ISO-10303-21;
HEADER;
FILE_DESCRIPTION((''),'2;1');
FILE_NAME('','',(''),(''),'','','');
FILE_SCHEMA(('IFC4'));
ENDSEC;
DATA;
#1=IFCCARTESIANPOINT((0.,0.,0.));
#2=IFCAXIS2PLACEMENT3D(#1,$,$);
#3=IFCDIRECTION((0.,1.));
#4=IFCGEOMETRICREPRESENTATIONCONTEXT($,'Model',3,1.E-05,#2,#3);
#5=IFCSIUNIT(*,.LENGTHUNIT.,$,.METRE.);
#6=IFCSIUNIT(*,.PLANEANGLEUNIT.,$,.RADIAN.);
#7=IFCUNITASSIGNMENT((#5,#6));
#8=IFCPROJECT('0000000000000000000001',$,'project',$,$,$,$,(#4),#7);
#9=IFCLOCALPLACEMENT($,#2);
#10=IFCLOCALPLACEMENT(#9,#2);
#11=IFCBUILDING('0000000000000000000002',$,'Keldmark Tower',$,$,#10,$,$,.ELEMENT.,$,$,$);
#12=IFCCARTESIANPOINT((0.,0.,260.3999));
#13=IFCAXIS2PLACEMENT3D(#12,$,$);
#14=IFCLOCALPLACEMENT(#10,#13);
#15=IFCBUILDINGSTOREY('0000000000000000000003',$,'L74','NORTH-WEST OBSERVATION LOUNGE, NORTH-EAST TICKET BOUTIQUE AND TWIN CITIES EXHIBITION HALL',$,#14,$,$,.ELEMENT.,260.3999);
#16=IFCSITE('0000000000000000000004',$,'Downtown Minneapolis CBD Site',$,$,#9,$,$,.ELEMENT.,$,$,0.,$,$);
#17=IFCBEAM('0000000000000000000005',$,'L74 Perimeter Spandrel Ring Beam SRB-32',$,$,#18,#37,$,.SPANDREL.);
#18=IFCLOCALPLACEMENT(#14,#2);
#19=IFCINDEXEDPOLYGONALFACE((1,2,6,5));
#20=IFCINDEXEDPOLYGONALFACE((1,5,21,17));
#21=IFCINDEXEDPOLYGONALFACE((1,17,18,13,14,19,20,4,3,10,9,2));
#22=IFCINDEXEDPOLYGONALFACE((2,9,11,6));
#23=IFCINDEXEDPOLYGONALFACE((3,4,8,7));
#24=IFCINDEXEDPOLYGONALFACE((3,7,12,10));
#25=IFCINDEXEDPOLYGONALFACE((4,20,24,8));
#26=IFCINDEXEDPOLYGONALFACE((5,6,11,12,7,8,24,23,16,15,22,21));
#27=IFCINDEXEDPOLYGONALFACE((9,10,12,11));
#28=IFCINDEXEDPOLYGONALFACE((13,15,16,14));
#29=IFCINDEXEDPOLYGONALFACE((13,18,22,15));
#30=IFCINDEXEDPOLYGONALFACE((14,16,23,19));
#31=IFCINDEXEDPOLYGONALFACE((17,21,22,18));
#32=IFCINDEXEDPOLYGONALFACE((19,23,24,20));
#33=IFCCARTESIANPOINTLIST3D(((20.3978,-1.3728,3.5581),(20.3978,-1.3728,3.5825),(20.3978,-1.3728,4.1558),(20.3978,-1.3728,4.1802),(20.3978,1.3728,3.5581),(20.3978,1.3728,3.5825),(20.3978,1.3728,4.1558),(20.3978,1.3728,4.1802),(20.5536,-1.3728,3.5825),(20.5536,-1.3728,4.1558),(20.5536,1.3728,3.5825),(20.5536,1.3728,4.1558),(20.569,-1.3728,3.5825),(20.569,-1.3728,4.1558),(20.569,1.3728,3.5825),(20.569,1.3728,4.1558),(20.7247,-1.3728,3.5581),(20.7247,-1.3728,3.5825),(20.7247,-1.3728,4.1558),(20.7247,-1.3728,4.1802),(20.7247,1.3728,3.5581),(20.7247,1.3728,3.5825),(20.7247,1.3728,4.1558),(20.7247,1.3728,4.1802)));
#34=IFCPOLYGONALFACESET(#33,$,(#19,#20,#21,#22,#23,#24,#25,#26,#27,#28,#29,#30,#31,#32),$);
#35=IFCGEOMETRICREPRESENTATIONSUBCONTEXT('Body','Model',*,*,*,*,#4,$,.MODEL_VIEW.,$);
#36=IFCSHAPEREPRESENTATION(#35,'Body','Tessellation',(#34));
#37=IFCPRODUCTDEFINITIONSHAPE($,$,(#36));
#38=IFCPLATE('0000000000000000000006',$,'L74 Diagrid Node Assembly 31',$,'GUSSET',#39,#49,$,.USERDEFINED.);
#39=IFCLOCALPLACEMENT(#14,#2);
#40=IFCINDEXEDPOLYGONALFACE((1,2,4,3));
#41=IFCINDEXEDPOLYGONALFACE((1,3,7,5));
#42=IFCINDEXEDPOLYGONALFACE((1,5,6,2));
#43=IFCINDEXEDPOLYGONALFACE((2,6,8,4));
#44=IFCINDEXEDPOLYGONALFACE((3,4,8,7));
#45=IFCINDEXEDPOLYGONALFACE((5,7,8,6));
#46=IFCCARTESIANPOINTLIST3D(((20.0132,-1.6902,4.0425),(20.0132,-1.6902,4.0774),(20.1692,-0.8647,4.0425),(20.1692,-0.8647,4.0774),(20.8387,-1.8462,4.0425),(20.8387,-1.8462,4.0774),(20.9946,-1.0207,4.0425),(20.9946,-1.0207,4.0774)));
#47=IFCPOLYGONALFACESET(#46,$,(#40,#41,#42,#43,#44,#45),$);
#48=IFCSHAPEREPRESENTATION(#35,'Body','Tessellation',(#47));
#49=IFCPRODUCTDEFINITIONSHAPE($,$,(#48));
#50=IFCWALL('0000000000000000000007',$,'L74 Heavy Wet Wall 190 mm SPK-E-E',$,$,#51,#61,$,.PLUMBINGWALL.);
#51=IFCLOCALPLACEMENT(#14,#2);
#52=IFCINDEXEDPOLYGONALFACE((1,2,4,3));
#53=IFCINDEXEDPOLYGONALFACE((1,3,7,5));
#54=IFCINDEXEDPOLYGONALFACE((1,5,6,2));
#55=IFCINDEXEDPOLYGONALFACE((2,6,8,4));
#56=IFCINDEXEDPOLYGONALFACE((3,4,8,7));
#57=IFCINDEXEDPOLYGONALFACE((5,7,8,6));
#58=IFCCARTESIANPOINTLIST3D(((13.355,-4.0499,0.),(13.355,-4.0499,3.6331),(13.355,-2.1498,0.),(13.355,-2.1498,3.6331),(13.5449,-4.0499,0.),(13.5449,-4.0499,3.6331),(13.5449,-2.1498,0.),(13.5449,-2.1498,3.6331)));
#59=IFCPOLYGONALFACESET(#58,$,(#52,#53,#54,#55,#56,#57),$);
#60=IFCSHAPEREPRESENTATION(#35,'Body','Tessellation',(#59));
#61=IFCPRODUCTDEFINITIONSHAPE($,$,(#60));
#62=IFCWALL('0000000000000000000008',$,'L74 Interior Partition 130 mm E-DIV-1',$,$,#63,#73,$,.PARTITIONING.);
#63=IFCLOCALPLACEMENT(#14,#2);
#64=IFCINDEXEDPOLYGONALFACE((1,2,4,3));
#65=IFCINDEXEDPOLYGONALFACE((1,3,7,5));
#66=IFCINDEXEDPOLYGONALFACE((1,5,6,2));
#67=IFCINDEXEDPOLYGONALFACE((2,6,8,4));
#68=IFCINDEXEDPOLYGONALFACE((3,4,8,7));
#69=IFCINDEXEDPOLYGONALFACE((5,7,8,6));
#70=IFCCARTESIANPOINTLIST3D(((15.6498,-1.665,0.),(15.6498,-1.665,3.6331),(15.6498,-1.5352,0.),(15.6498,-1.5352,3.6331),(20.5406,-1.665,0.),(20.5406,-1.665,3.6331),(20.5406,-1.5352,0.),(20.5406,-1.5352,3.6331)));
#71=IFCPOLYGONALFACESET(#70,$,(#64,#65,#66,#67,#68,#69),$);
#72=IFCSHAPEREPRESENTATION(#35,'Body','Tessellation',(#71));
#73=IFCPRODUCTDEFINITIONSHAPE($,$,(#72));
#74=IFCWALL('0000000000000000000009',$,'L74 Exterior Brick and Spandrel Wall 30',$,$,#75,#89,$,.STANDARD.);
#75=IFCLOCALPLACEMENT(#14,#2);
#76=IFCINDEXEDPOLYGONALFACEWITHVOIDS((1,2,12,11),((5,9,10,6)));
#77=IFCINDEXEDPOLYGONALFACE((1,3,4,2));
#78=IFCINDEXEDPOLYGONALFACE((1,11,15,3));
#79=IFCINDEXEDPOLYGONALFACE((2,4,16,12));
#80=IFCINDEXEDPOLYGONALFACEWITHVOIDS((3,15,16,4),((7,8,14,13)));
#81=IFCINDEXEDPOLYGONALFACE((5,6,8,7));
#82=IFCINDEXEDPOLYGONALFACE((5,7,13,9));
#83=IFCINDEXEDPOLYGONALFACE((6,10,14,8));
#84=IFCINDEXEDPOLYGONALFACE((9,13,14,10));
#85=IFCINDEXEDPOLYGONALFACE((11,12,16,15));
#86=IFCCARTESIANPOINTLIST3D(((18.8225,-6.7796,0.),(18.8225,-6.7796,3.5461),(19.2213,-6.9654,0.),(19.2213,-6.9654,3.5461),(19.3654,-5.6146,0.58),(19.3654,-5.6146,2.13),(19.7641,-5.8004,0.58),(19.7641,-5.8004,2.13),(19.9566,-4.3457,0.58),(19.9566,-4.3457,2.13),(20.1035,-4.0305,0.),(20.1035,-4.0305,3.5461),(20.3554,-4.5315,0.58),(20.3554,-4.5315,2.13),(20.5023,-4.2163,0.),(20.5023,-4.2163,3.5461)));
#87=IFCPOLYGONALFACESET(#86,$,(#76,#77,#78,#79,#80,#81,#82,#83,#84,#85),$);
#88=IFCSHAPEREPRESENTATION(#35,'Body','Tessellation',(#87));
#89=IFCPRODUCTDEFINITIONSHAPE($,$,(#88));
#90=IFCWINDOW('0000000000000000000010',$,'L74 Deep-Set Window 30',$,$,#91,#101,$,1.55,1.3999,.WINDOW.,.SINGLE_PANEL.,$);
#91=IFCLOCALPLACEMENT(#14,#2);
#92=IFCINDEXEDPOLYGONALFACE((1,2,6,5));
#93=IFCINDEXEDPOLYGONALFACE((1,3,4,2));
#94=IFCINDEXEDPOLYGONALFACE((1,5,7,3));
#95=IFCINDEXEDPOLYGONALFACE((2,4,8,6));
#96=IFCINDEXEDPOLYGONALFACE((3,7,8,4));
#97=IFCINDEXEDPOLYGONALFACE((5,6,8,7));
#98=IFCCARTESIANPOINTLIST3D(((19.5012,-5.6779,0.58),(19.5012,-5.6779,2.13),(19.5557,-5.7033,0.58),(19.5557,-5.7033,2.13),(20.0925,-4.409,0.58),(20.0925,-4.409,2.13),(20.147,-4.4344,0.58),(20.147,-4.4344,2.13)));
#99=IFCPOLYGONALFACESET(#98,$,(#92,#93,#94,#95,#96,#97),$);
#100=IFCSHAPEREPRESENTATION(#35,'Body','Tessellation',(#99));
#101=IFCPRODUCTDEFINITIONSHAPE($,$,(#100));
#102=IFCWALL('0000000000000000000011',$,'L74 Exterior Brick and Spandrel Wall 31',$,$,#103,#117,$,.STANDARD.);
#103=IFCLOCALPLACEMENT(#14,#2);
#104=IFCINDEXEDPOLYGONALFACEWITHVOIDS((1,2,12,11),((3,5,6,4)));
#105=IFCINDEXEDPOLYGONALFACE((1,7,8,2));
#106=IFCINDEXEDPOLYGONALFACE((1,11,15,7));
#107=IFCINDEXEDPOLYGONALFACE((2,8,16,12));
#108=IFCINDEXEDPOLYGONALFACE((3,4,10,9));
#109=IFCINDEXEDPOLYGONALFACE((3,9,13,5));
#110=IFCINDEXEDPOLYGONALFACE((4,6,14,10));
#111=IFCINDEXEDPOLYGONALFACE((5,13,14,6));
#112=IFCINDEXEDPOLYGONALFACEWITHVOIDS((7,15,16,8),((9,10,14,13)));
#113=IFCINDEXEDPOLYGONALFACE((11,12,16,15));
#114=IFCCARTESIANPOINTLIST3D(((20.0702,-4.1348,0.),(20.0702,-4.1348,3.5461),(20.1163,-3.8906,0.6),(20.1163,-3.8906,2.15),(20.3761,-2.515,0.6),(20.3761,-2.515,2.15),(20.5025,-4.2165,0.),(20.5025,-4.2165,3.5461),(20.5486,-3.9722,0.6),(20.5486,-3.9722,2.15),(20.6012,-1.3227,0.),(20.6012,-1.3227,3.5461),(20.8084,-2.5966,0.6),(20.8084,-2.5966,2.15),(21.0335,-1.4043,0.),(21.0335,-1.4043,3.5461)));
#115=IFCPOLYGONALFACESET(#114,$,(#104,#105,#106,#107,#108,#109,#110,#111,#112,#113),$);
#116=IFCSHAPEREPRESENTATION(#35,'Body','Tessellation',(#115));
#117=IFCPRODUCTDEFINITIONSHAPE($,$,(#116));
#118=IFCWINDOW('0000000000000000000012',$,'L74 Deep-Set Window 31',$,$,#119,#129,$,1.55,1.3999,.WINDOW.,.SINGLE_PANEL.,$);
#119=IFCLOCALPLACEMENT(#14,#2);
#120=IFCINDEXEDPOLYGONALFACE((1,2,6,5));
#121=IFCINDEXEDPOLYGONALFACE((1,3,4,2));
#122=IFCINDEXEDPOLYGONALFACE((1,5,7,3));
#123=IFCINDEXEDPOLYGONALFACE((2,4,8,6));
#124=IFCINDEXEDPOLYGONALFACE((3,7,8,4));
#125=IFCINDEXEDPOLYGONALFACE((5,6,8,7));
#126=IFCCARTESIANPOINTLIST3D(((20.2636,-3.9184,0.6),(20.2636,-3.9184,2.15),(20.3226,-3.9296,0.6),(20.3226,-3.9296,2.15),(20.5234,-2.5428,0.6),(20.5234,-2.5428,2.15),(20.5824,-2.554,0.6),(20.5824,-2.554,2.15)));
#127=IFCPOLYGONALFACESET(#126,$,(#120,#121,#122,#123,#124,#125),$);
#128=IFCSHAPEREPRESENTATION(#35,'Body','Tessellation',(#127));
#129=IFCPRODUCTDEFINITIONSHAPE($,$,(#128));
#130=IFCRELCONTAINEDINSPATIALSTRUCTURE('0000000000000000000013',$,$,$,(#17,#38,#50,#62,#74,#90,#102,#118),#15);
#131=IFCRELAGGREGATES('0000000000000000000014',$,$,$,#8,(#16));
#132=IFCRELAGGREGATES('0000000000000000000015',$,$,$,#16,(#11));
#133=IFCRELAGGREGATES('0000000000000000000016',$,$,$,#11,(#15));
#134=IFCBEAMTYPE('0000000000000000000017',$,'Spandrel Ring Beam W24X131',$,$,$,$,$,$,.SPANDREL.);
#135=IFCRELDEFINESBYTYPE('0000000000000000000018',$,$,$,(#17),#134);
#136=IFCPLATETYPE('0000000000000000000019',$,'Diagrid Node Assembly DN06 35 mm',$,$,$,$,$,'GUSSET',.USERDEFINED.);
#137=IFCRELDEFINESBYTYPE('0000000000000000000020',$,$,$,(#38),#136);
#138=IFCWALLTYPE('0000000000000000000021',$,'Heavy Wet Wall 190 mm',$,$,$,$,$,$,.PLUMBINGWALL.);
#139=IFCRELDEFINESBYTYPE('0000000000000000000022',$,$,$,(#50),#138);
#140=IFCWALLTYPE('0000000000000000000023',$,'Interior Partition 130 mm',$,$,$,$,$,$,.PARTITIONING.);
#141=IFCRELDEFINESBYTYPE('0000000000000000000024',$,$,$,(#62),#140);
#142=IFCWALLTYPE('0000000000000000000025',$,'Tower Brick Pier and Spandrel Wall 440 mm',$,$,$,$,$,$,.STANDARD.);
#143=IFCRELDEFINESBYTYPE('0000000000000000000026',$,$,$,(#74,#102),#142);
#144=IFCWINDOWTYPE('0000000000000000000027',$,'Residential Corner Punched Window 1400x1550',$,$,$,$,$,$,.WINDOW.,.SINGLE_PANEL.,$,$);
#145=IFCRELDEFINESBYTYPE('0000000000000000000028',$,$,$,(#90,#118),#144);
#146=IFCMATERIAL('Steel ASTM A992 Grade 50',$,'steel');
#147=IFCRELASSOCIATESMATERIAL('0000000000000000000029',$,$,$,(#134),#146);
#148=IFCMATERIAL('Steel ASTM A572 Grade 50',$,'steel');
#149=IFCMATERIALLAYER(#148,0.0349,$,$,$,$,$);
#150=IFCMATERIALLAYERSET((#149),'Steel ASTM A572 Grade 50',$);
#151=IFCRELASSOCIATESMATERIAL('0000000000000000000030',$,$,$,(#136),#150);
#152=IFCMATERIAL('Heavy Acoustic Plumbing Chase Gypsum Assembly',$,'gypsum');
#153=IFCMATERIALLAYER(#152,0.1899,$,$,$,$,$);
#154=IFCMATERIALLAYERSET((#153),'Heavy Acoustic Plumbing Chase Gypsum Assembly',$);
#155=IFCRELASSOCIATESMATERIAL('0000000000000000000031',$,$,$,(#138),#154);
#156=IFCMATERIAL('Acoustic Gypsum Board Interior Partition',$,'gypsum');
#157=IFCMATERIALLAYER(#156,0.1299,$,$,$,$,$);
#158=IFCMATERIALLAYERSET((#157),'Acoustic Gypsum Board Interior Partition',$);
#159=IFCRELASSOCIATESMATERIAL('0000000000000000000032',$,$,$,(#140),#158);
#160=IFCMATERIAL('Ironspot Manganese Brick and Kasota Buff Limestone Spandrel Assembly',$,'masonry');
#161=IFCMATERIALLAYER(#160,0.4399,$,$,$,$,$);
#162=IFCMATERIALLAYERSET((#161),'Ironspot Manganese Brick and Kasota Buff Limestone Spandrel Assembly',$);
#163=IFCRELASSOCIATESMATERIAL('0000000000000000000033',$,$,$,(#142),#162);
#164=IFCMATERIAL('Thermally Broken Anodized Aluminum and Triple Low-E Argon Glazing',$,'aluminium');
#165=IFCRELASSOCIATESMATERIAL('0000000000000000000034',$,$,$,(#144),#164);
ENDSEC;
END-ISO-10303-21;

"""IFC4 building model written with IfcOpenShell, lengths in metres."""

from ifc_helpers import new_model, si_unit, direction, frame, frame_2d, origin, origin_2d, place, context, subcontext, project, spatial, rectangle, i_section, extrude, material, layer, layer_set, material_profile, profile_set, type_object, element, fill, save


model = new_model("IFC4")

# Units and contexts
model_context = context("Model", 3, precision=1e-05, world=origin(), true_north=direction((0.0, 1.0)))
body_context = subcontext(model_context, "Body", "Model", "MODEL_VIEW")
ifc_project = project(units=[si_unit("LENGTHUNIT", "METRE"), si_unit("PLANEANGLEUNIT", "RADIAN")], contexts=[model_context])

# Site, building, storey
site_placement = place(None, origin())
site = spatial("IfcSite", under=ifc_project, at=site_placement, Name="Downtown Minneapolis CBD Site", CompositionType="ELEMENT", RefElevation=0.0)
building_placement = place(site_placement, origin())
building = spatial("IfcBuilding", under=site, at=building_placement, Name="Keldmark Tower", CompositionType="ELEMENT")
storey_placement = place(building_placement, frame((0.0, 0.0, 260.3999)))
storey = spatial("IfcBuildingStorey", under=building, at=storey_placement, Name="L74", Description="NORTH-WEST OBSERVATION LOUNGE, NORTH-EAST TICKET BOUTIQUE AND TWIN CITIES EXHIBITION HALL", CompositionType="ELEMENT", Elevation=260.3999)

# Beam
ifc_material_1 = material(Name="Steel ASTM A992 Grade 50", Category="steel")
ifc_material_profile_1 = material_profile(ifc_material_1, i_section(OverallWidth=0.3269, OverallDepth=0.6221, WebThickness=0.0154, FlangeThickness=0.0244, at=origin_2d()), Name="W24X131")
ifc_profile_set_1 = profile_set([ifc_material_profile_1], Name="Steel ASTM A992 Grade 50")
beam_type_1 = type_object("IfcBeamType", Name="Spandrel Ring Beam W24X131", PredefinedType="SPANDREL", material=ifc_profile_set_1)
beam_1_placement = place(storey_placement, frame((20.5613, -1.3728, 3.8691), z_axis=(0.0, 1.0, 0.0), x_axis=(-1.0, 0.0, 0.0)))
element("IfcBeam", 1, at=beam_1_placement, inside=storey, type_object=beam_type_1, Name="L74 Perimeter Spandrel Ring Beam SRB-32", PredefinedType="SPANDREL", context=body_context, shape_type="SweptSolid", body=[
    extrude(i_section(OverallWidth=0.3269, OverallDepth=0.6221, WebThickness=0.0154, FlangeThickness=0.0244, at=origin_2d()), origin(), (0.0, 0.0, 1.0), 2.7456),
])

# Plate
ifc_material_2 = material(Name="Steel ASTM A572 Grade 50", Category="steel")
ifc_layer_1 = layer(ifc_material_2, 0.0349)
ifc_layer_set_1 = layer_set([ifc_layer_1], Name="Steel ASTM A572 Grade 50")
plate_type = type_object("IfcPlateType", Name="Diagrid Node Assembly DN06 35 mm", ElementType="GUSSET", PredefinedType="USERDEFINED", material=ifc_layer_set_1)
plate_placement = place(storey_placement, frame((20.5039, -1.3555, 4.0425), z_axis=(0.0, 0.0, 1.0), x_axis=(0.185667, 0.982613, 0.0)))
element("IfcPlate", 2, at=plate_placement, inside=storey, type_object=plate_type, Name="L74 Diagrid Node Assembly 31", ObjectType="GUSSET", PredefinedType="USERDEFINED", context=body_context, shape_type="SweptSolid", body=[
    extrude(rectangle(XDim=0.8401, YDim=0.8401, at=origin_2d()), origin(), (0.0, 0.0, 1.0), 0.0349),
])

# Walls
ifc_material_3 = material(Name="Heavy Acoustic Plumbing Chase Gypsum Assembly", Category="gypsum")
ifc_layer_2 = layer(ifc_material_3, 0.1899)
ifc_layer_set_2 = layer_set([ifc_layer_2], Name="Heavy Acoustic Plumbing Chase Gypsum Assembly")
wall_type_1 = type_object("IfcWallType", Name="Heavy Wet Wall 190 mm", PredefinedType="PLUMBINGWALL", material=ifc_layer_set_2)
wall_1_placement = place(storey_placement, frame((13.45, -4.05, 0.0), z_axis=(0.0, 0.0, 1.0), x_axis=(0.0, 1.0, 0.0)))
element("IfcWall", 3, at=wall_1_placement, inside=storey, type_object=wall_type_1, Name="L74 Heavy Wet Wall 190 mm SPK-E-E", PredefinedType="PLUMBINGWALL", context=body_context, shape_type="SweptSolid", body=[
    extrude(rectangle(XDim=1.9001, YDim=0.1899, at=frame_2d((0.9502, 0.0))), origin(), (0.0, 0.0, 1.0), 3.6331),
])
ifc_material_4 = material(Name="Acoustic Gypsum Board Interior Partition", Category="gypsum")
ifc_layer_3 = layer(ifc_material_4, 0.1299)
ifc_layer_set_3 = layer_set([ifc_layer_3], Name="Acoustic Gypsum Board Interior Partition")
wall_type_2 = type_object("IfcWallType", Name="Interior Partition 130 mm", PredefinedType="PARTITIONING", material=ifc_layer_set_3)
wall_2_placement = place(storey_placement, frame((15.6499, -1.6001, 0.0), z_axis=(0.0, 0.0, 1.0), x_axis=(1.0, 0.0, 0.0)))
element("IfcWall", 4, at=wall_2_placement, inside=storey, type_object=wall_type_2, Name="L74 Interior Partition 130 mm E-DIV-1", PredefinedType="PARTITIONING", context=body_context, shape_type="SweptSolid", body=[
    extrude(rectangle(XDim=4.8909, YDim=0.1299, at=frame_2d((2.4453, 0.0))), origin(), (0.0, 0.0, 1.0), 3.6331),
])

# Walls, openings, windows
ifc_material_5 = material(Name="Ironspot Manganese Brick and Kasota Buff Limestone Spandrel Assembly", Category="masonry")
ifc_layer_4 = layer(ifc_material_5, 0.4399)
ifc_layer_set_4 = layer_set([ifc_layer_4], Name="Ironspot Manganese Brick and Kasota Buff Limestone Spandrel Assembly")
wall_type_3 = type_object("IfcWallType", Name="Tower Brick Pier and Spandrel Wall 440 mm", PredefinedType="STANDARD", material=ifc_layer_set_4)
wall_3_placement = place(storey_placement, frame((20.303, -4.1233, 0.0), z_axis=(0.0, 0.0, 1.0), x_axis=(-0.422379, -0.90642, 0.0)))
wall_3 = element("IfcWall", 5, at=wall_3_placement, inside=storey, type_object=wall_type_3, Name="L74 Exterior Brick and Spandrel Wall 30", PredefinedType="STANDARD", context=body_context, shape_type="SweptSolid", body=[
    extrude(rectangle(XDim=3.033, YDim=0.4399, at=frame_2d((1.5166, 0.0))), origin(), (0.0, 0.0, 1.0), 3.5461),
])
opening_1_placement = place(wall_3_placement, frame((0.3479, 0.0, 0.5801)))
opening_1 = element("IfcOpeningElement", 6, at=opening_1_placement, cuts=wall_3, PredefinedType="OPENING", context=body_context, shape_type="SweptSolid", body=[
    extrude(rectangle(XDim=1.3999, YDim=1.55, at=frame_2d((0.7, 0.7749))), frame((0.0, 0.23, 0.0), z_axis=(0.0, -1.0, 0.0), x_axis=(1.0, 0.0, 0.0)), (0.0, 0.0, 1.0), 0.46),
])
ifc_material_6 = material(Name="Thermally Broken Anodized Aluminum and Triple Low-E Argon Glazing", Category="aluminium")
window_type = type_object("IfcWindowType", Name="Residential Corner Punched Window 1400x1550", PartitioningType="SINGLE_PANEL", PredefinedType="WINDOW", material=ifc_material_6)
window_1_placement = place(opening_1_placement, origin())
window_1 = element("IfcWindow", 7, at=window_1_placement, inside=storey, type_object=window_type, Name="L74 Deep-Set Window 30", OverallHeight=1.55, OverallWidth=1.3999, PartitioningType="SINGLE_PANEL", PredefinedType="WINDOW", context=body_context, shape_type="SweptSolid", body=[
    extrude(rectangle(XDim=1.3999, YDim=1.55, at=frame_2d((0.7, 0.7749))), frame((0.0, -0.01, 0.0), z_axis=(0.0, -1.0, 0.0), x_axis=(1.0, 0.0, 0.0)), (0.0, 0.0, 1.0), 0.0601),
])
fill(opening_1, window_1)
wall_4_placement = place(storey_placement, frame((20.8174, -1.3635, 0.0), z_axis=(0.0, 0.0, 1.0), x_axis=(-0.185556, -0.982634, 0.0)))
wall_4 = element("IfcWall", 8, at=wall_4_placement, inside=storey, type_object=wall_type_3, Name="L74 Exterior Brick and Spandrel Wall 31", PredefinedType="STANDARD", context=body_context, shape_type="SweptSolid", body=[
    extrude(rectangle(XDim=2.8618, YDim=0.4399, at=frame_2d((1.4309, 0.0))), origin(), (0.0, 0.0, 1.0), 3.5461),
])
opening_2_placement = place(wall_4_placement, frame((1.2134, 0.0, 0.6001)))
opening_2 = element("IfcOpeningElement", 9, at=opening_2_placement, cuts=wall_4, PredefinedType="OPENING", context=body_context, shape_type="SweptSolid", body=[
    extrude(rectangle(XDim=1.3999, YDim=1.55, at=frame_2d((0.7, 0.7749))), frame((0.0, 0.23, 0.0), z_axis=(0.0, -1.0, 0.0), x_axis=(1.0, 0.0, 0.0)), (0.0, 0.0, 1.0), 0.46),
])
window_2_placement = place(opening_2_placement, origin())
window_2 = element("IfcWindow", 10, at=window_2_placement, inside=storey, type_object=window_type, Name="L74 Deep-Set Window 31", OverallHeight=1.55, OverallWidth=1.3999, PartitioningType="SINGLE_PANEL", PredefinedType="WINDOW", context=body_context, shape_type="SweptSolid", body=[
    extrude(rectangle(XDim=1.3999, YDim=1.55, at=frame_2d((0.7, 0.7749))), frame((0.0, -0.01, 0.0), z_axis=(0.0, -1.0, 0.0), x_axis=(1.0, 0.0, 0.0)), (0.0, 0.0, 1.0), 0.0601),
])
fill(opening_2, window_2)

save(model, "model.ifc")
